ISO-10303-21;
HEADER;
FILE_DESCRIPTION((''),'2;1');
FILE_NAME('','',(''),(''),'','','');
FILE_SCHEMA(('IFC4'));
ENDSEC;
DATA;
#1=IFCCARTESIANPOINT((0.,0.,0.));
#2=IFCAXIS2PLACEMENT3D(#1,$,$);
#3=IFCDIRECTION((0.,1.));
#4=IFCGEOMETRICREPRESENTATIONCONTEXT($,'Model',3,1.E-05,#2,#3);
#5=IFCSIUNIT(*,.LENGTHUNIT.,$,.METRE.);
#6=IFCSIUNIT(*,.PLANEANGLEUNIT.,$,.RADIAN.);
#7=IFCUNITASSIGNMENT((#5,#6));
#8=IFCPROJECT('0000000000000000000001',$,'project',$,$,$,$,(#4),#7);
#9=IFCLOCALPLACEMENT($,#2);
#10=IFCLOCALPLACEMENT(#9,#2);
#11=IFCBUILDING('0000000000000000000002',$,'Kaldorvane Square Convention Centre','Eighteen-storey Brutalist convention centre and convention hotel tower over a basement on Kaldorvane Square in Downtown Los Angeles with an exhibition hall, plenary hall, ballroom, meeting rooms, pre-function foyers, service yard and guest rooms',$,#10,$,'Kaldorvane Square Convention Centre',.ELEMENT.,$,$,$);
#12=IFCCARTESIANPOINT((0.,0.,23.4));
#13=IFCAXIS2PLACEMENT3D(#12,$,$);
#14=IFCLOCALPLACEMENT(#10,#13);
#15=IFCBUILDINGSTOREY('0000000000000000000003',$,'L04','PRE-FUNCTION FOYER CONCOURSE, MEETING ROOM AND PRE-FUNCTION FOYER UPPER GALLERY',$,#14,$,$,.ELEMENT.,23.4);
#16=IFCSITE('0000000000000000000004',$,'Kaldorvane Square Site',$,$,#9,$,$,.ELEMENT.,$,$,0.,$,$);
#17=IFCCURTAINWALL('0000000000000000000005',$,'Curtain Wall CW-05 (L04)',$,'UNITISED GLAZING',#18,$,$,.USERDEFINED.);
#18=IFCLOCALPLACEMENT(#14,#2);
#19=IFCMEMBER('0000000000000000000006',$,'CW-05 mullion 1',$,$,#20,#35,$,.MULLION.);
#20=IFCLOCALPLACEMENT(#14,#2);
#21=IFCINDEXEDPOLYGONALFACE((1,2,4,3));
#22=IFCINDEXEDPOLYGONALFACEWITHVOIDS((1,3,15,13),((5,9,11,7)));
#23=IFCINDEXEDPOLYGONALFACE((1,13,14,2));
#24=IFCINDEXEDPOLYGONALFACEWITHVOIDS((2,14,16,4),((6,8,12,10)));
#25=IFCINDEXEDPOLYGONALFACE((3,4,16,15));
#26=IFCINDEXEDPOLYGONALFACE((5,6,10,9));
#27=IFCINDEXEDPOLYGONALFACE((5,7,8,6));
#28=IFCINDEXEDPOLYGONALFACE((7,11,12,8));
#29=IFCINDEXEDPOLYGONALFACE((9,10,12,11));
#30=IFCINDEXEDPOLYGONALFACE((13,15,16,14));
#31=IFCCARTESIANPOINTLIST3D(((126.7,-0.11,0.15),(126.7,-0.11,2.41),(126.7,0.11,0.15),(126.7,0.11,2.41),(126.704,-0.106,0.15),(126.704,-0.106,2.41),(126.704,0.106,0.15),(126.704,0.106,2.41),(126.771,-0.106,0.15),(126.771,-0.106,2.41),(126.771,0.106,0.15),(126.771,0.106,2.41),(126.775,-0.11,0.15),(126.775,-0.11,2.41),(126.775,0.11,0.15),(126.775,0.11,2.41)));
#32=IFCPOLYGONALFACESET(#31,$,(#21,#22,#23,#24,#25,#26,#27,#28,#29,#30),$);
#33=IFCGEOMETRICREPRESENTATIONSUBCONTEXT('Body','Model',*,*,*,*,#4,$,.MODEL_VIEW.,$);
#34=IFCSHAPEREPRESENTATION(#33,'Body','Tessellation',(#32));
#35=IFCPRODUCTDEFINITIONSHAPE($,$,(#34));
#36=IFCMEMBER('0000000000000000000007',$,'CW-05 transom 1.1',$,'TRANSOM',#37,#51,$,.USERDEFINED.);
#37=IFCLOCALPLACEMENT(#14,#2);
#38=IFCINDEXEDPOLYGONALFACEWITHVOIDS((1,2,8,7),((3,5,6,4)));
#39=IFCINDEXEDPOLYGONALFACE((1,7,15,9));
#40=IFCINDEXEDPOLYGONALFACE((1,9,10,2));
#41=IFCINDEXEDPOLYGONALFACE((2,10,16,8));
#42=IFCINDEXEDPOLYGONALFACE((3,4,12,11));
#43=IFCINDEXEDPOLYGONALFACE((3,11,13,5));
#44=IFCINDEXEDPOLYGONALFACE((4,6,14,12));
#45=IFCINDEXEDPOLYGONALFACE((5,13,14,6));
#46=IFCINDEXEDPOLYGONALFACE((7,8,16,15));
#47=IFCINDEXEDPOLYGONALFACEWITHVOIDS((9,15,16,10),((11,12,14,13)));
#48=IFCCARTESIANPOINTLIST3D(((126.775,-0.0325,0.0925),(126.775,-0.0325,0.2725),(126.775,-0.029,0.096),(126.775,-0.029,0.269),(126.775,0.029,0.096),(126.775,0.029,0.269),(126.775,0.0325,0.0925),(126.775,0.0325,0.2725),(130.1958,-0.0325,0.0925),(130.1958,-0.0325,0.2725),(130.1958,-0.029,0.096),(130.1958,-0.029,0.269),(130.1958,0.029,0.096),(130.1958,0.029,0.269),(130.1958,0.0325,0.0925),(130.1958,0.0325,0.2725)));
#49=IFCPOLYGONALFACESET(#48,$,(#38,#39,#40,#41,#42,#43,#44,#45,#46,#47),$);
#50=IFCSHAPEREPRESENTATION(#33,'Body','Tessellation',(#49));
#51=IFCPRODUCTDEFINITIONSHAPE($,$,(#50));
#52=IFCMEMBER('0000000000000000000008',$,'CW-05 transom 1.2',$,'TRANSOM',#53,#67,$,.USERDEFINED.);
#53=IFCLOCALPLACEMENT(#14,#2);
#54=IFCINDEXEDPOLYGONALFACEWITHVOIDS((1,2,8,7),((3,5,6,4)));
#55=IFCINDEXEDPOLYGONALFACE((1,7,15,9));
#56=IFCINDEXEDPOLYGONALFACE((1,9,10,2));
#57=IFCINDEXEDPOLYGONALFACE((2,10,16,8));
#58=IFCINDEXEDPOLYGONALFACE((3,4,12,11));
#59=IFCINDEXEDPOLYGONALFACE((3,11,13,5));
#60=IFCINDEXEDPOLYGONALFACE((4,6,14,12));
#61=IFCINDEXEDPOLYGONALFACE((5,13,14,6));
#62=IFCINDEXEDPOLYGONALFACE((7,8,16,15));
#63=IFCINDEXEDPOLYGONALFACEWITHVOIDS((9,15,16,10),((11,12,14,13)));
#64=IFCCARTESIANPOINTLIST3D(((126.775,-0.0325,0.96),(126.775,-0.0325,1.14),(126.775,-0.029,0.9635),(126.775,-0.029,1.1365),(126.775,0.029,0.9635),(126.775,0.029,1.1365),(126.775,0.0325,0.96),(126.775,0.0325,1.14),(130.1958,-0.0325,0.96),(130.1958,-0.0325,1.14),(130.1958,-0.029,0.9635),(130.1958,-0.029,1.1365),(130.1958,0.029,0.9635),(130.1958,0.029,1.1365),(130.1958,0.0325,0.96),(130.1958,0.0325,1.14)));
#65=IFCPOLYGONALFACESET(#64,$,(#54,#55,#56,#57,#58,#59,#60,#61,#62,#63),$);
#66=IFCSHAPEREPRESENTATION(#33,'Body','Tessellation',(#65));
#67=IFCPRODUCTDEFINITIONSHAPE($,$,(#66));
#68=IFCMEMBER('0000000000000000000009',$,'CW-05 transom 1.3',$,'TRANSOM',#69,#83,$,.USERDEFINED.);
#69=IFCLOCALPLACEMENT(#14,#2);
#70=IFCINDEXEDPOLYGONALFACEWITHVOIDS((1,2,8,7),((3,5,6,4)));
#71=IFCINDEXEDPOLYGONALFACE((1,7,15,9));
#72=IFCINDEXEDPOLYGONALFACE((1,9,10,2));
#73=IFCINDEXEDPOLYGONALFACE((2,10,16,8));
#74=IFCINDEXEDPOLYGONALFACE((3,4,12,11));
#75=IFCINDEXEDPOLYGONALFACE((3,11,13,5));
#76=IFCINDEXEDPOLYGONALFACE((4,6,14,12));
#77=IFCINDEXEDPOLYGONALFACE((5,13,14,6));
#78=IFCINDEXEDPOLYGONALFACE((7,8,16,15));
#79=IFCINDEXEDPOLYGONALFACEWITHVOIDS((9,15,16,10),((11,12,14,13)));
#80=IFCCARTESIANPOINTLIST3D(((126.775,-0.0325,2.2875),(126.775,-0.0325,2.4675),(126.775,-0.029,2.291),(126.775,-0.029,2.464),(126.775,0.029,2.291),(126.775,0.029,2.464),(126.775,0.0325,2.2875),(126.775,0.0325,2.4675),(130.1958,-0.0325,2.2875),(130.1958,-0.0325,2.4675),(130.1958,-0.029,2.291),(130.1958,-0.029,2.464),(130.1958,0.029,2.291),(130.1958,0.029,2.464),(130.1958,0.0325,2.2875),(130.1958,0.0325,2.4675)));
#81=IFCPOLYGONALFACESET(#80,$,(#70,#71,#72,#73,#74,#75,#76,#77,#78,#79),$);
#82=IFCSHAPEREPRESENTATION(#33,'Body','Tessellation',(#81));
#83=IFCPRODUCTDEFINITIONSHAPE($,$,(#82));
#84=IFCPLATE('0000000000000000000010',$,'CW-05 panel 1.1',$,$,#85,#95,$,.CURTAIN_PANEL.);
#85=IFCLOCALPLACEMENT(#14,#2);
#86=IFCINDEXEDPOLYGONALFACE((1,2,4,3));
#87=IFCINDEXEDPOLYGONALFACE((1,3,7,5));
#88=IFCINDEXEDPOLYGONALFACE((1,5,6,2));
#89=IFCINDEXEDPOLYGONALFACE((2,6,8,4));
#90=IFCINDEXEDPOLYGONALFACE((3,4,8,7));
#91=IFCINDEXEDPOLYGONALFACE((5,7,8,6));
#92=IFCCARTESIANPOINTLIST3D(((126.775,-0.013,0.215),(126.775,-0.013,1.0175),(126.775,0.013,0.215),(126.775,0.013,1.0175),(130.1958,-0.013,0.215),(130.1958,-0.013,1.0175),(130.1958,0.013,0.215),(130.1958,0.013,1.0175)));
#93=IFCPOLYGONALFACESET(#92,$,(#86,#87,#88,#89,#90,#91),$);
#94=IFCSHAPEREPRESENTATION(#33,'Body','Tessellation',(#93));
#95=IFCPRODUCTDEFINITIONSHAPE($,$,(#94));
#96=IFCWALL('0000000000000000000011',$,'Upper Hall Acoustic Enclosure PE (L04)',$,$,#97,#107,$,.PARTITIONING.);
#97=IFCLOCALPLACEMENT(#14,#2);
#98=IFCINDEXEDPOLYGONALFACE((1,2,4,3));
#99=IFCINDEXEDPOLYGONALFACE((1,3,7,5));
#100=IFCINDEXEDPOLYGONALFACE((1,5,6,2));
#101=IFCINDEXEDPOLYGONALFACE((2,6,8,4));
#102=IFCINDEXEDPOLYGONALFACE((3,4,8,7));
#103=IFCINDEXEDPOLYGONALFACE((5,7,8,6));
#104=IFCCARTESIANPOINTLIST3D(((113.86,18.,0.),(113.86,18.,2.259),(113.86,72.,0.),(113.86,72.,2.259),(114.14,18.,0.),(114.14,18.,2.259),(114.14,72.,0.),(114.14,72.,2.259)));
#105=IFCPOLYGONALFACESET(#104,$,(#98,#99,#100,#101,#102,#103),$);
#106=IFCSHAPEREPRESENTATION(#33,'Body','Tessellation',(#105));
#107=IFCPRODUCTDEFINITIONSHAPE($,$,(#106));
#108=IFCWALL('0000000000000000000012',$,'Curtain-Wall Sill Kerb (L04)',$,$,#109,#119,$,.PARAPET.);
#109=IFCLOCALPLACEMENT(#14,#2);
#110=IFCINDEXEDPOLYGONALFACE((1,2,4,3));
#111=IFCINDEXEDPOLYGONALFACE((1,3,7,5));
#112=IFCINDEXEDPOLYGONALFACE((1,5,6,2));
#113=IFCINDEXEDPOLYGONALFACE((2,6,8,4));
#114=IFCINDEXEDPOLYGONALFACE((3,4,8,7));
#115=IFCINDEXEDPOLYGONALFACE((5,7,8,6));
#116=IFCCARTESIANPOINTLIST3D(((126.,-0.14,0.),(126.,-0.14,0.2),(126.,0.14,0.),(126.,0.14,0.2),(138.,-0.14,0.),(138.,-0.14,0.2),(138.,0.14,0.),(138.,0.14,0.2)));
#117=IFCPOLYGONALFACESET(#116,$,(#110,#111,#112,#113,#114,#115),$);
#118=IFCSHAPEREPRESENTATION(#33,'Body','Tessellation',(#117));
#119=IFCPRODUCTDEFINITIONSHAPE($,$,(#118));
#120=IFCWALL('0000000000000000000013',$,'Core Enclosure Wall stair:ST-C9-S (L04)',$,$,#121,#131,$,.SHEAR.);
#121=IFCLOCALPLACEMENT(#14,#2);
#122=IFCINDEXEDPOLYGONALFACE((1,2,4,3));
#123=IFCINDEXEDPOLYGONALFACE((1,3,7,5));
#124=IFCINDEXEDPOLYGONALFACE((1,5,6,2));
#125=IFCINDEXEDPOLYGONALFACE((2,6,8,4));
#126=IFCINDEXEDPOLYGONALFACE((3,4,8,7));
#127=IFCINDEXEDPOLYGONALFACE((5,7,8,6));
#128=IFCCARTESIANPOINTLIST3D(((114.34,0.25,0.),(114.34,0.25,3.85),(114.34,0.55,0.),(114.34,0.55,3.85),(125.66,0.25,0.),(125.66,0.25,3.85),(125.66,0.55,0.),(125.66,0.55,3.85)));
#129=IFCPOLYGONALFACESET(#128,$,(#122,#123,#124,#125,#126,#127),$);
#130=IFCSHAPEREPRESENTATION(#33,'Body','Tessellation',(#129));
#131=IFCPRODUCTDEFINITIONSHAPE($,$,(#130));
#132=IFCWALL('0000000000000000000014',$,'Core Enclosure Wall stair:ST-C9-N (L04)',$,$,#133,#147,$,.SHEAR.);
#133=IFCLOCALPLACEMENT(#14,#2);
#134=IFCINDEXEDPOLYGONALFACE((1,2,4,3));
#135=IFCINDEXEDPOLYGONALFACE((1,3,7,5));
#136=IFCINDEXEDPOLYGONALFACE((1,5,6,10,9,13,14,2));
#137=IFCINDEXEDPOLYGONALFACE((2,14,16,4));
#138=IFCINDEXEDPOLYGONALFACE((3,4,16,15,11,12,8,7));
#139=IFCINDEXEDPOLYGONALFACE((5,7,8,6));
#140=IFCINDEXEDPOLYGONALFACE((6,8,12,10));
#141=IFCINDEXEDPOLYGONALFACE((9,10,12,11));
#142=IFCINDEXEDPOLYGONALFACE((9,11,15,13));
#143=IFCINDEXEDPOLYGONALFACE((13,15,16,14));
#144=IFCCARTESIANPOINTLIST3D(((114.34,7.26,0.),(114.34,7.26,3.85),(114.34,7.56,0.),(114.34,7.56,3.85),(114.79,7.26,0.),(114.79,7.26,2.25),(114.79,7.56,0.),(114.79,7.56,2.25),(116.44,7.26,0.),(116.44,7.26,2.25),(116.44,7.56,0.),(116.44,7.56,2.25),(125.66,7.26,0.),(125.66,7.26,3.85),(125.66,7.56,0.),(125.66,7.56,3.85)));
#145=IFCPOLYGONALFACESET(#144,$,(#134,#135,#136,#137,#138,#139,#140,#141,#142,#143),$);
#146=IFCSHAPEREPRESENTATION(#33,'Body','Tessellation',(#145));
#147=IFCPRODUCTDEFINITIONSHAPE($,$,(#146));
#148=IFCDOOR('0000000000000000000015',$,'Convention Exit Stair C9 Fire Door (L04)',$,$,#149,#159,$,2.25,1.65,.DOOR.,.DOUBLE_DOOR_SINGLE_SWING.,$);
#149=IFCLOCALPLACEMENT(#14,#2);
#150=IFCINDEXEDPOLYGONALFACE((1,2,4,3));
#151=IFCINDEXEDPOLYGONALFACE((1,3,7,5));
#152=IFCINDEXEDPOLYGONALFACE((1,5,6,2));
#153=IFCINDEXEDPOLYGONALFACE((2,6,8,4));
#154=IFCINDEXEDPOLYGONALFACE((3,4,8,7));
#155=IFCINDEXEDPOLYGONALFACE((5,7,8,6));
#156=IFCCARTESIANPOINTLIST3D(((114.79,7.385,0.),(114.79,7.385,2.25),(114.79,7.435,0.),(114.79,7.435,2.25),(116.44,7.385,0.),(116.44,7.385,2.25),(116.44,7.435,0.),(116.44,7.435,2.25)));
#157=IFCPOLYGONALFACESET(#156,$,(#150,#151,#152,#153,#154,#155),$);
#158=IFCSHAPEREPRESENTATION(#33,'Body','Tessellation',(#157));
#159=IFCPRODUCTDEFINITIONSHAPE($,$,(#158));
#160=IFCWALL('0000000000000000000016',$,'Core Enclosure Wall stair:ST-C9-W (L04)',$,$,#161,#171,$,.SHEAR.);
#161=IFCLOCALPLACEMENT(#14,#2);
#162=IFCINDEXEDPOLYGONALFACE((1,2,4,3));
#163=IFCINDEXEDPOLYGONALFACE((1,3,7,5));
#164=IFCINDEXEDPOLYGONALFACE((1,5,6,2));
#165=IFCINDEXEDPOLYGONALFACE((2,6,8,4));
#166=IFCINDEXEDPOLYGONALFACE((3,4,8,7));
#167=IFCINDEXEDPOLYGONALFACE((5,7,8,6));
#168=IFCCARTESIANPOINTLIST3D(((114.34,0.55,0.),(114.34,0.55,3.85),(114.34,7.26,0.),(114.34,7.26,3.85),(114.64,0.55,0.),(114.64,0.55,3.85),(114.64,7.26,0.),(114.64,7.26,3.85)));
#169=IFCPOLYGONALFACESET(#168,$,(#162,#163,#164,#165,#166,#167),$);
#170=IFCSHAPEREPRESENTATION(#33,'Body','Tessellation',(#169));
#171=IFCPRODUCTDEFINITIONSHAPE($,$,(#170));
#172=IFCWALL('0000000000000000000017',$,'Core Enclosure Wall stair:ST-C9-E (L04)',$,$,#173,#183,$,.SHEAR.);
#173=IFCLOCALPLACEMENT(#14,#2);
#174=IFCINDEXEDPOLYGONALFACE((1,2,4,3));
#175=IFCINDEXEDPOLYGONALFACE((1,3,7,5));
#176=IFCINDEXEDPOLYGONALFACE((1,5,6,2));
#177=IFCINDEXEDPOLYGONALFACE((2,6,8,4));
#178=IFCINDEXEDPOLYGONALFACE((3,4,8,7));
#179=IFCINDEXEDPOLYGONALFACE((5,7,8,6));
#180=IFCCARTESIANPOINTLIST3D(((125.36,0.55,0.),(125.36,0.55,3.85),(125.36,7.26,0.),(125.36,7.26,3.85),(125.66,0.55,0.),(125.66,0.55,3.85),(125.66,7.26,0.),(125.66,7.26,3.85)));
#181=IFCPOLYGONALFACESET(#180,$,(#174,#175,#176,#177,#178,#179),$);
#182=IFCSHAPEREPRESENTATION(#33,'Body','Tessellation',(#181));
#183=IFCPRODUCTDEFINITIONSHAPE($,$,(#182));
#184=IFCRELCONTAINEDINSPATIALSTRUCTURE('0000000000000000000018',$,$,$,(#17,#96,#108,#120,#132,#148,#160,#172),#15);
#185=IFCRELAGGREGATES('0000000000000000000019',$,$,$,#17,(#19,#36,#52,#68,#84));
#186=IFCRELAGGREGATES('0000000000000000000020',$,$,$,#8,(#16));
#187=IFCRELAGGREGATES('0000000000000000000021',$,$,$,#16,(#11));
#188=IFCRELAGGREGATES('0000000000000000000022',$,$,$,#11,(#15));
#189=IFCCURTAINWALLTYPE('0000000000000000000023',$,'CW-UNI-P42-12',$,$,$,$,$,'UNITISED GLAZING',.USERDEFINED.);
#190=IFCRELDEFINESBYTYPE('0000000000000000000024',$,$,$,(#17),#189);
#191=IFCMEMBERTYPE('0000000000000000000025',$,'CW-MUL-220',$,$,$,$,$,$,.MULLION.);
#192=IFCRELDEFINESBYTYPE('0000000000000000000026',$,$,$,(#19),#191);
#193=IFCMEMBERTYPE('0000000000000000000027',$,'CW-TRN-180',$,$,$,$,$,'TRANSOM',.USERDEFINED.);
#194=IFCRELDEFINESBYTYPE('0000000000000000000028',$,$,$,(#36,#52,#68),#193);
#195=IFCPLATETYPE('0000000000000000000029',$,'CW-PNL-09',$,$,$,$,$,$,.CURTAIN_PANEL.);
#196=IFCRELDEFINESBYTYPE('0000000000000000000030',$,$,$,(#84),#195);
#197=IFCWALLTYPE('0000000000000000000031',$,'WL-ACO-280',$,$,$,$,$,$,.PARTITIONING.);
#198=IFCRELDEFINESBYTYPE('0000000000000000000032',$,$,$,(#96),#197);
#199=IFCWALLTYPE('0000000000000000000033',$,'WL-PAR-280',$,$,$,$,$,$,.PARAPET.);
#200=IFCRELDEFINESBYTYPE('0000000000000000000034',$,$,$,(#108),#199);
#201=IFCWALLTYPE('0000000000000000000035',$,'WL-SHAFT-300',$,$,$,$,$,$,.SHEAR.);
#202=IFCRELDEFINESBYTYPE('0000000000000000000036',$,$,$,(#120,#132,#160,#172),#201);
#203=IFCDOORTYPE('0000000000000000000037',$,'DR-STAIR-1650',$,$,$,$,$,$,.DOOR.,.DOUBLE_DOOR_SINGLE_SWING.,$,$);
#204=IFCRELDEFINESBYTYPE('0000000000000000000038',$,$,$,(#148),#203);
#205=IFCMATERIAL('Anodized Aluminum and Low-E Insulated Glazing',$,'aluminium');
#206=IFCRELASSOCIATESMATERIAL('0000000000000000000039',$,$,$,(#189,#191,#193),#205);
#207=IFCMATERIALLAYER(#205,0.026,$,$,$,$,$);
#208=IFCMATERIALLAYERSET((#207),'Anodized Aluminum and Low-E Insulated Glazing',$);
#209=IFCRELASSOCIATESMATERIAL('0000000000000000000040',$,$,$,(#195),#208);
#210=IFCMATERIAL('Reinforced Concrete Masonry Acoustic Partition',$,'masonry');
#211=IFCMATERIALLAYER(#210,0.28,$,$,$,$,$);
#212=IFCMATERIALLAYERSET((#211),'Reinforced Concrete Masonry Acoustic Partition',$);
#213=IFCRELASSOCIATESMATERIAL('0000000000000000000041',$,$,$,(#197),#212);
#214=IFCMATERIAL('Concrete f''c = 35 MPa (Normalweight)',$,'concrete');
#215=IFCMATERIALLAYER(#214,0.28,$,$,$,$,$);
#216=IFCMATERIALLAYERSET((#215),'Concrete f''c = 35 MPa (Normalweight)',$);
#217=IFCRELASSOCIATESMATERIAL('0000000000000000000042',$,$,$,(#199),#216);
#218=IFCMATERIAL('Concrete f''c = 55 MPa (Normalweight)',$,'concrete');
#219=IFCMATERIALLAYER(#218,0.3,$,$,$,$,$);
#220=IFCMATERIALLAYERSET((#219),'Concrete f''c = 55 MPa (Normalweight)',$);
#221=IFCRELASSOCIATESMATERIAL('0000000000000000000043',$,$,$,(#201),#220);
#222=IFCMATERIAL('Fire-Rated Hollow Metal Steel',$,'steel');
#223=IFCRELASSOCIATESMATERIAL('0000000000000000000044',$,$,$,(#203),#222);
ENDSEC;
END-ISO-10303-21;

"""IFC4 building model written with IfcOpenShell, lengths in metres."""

from ifc_helpers import new_model, si_unit, direction, frame, frame_2d, origin, origin_2d, place, context, subcontext, project, spatial, rectangle, hollow_rectangle, extrude, material, layer, layer_set, material_profile, profile_set, type_object, element, fill, aggregate, save


model = new_model("IFC4")

# Units and contexts
model_context = context("Model", 3, precision=1e-05, world=origin(), true_north=direction((0.0, 1.0)))
body_context = subcontext(model_context, "Body", "Model", "MODEL_VIEW")
ifc_project = project(units=[si_unit("LENGTHUNIT", "METRE"), si_unit("PLANEANGLEUNIT", "RADIAN")], contexts=[model_context])

# Site, building, storey
site_placement = place(None, origin())
site = spatial("IfcSite", under=ifc_project, at=site_placement, Name="Kaldorvane Square Site", CompositionType="ELEMENT", RefElevation=0.0)
building_placement = place(site_placement, origin())
building = spatial("IfcBuilding", under=site, at=building_placement, Name="Kaldorvane Square Convention Centre", Description="Eighteen-storey Brutalist convention centre and convention hotel tower over a basement on Kaldorvane Square in Downtown Los Angeles with an exhibition hall, plenary hall, ballroom, meeting rooms, pre-function foyers, service yard and guest rooms", LongName="Kaldorvane Square Convention Centre", CompositionType="ELEMENT")
storey_placement = place(building_placement, frame((0.0, 0.0, 23.4)))
storey = spatial("IfcBuildingStorey", under=building, at=storey_placement, Name="L04", Description="PRE-FUNCTION FOYER CONCOURSE, MEETING ROOM AND PRE-FUNCTION FOYER UPPER GALLERY", CompositionType="ELEMENT", Elevation=23.4)

# Shared definitions
ifc_material_1 = material(Name="Concrete f'c = 55 MPa (Normalweight)", Category="concrete")

# Curtain wall, members, plate
ifc_material_2 = material(Name="Anodized Aluminum and Low-E Insulated Glazing", Category="aluminium")
curtain_wall_type = type_object("IfcCurtainWallType", Name="CW-UNI-P42-12", ElementType="UNITISED GLAZING", PredefinedType="USERDEFINED", material=ifc_material_2)
curtain_wall_placement = place(storey_placement, origin())
curtain_wall = element("IfcCurtainWall", 1, at=curtain_wall_placement, inside=storey, type_object=curtain_wall_type, Name="Curtain Wall CW-05 (L04)", ObjectType="UNITISED GLAZING", PredefinedType="USERDEFINED")
ifc_material_profile_1 = material_profile(ifc_material_2, hollow_rectangle(XDim=0.075, YDim=0.22, WallThickness=0.004, at=origin_2d()), Name="CWM-220X75")
ifc_profile_set_1 = profile_set([ifc_material_profile_1], Name="Anodized Aluminum and Low-E Insulated Glazing")
member_type_1 = type_object("IfcMemberType", Name="CW-MUL-220", PredefinedType="MULLION", material=ifc_profile_set_1)
member_1_placement = place(storey_placement, frame((126.7375, 0.0, 0.15), z_axis=(0.0, 0.0, 1.0), x_axis=(1.0, 0.0, 0.0)))
member_1 = element("IfcMember", 2, at=member_1_placement, type_object=member_type_1, Name="CW-05 mullion 1", PredefinedType="MULLION", context=body_context, shape_type="SweptSolid", body=[
    extrude(hollow_rectangle(XDim=0.075, YDim=0.22, WallThickness=0.004, at=origin_2d()), origin(), (0.0, 0.0, 1.0), 2.26),
])
ifc_material_profile_2 = material_profile(ifc_material_2, hollow_rectangle(XDim=0.065, YDim=0.18, WallThickness=0.0035, at=origin_2d()), Name="CWT-180X65")
ifc_profile_set_2 = profile_set([ifc_material_profile_2], Name="Anodized Aluminum and Low-E Insulated Glazing")
member_type_2 = type_object("IfcMemberType", Name="CW-TRN-180", ElementType="TRANSOM", PredefinedType="USERDEFINED", material=ifc_profile_set_2)
member_2_placement = place(storey_placement, frame((126.775, 0.0, 0.1825), z_axis=(1.0, 0.0, 0.0), x_axis=(0.0, 1.0, 0.0)))
member_2 = element("IfcMember", 3, at=member_2_placement, type_object=member_type_2, Name="CW-05 transom 1.1", ObjectType="TRANSOM", PredefinedType="USERDEFINED", context=body_context, shape_type="SweptSolid", body=[
    extrude(hollow_rectangle(XDim=0.065, YDim=0.18, WallThickness=0.0035, at=origin_2d()), origin(), (0.0, 0.0, 1.0), 3.4208),
])
member_3_placement = place(storey_placement, frame((126.775, 0.0, 1.05), z_axis=(1.0, 0.0, 0.0), x_axis=(0.0, 1.0, 0.0)))
member_3 = element("IfcMember", 4, at=member_3_placement, type_object=member_type_2, Name="CW-05 transom 1.2", ObjectType="TRANSOM", PredefinedType="USERDEFINED", context=body_context, shape_type="SweptSolid", body=[
    extrude(hollow_rectangle(XDim=0.065, YDim=0.18, WallThickness=0.0035, at=origin_2d()), origin(), (0.0, 0.0, 1.0), 3.4208),
])
member_4_placement = place(storey_placement, frame((126.775, 0.0, 2.3775), z_axis=(1.0, 0.0, 0.0), x_axis=(0.0, 1.0, 0.0)))
member_4 = element("IfcMember", 5, at=member_4_placement, type_object=member_type_2, Name="CW-05 transom 1.3", ObjectType="TRANSOM", PredefinedType="USERDEFINED", context=body_context, shape_type="SweptSolid", body=[
    extrude(hollow_rectangle(XDim=0.065, YDim=0.18, WallThickness=0.0035, at=origin_2d()), origin(), (0.0, 0.0, 1.0), 3.4208),
])
ifc_layer_1 = layer(ifc_material_2, 0.026)
ifc_layer_set_1 = layer_set([ifc_layer_1], Name="Anodized Aluminum and Low-E Insulated Glazing")
plate_type = type_object("IfcPlateType", Name="CW-PNL-09", PredefinedType="CURTAIN_PANEL", material=ifc_layer_set_1)
plate_placement = place(storey_placement, frame((128.4854, 0.0, 0.215), z_axis=(0.0, 0.0, 1.0), x_axis=(1.0, 0.0, 0.0)))
plate = element("IfcPlate", 6, at=plate_placement, type_object=plate_type, Name="CW-05 panel 1.1", PredefinedType="CURTAIN_PANEL", context=body_context, shape_type="SweptSolid", body=[
    extrude(rectangle(XDim=3.4208, YDim=0.026, at=origin_2d()), origin(), (0.0, 0.0, 1.0), 0.8025),
])
aggregate(curtain_wall, [member_1, member_2, member_3, member_4, plate])

# Walls
ifc_material_3 = material(Name="Reinforced Concrete Masonry Acoustic Partition", Category="masonry")
ifc_layer_2 = layer(ifc_material_3, 0.28)
ifc_layer_set_2 = layer_set([ifc_layer_2], Name="Reinforced Concrete Masonry Acoustic Partition")
wall_type_1 = type_object("IfcWallType", Name="WL-ACO-280", PredefinedType="PARTITIONING", material=ifc_layer_set_2)
wall_1_placement = place(storey_placement, frame((114.0, 18.0, 0.0), z_axis=(0.0, 0.0, 1.0), x_axis=(0.0, 1.0, 0.0)))
element("IfcWall", 7, at=wall_1_placement, inside=storey, type_object=wall_type_1, Name="Upper Hall Acoustic Enclosure PE (L04)", PredefinedType="PARTITIONING", context=body_context, shape_type="SweptSolid", body=[
    extrude(rectangle(XDim=54.0, YDim=0.28, at=frame_2d((27.0, 0.0))), origin(), (0.0, 0.0, 1.0), 2.259),
])
ifc_material_4 = material(Name="Concrete f'c = 35 MPa (Normalweight)", Category="concrete")
ifc_layer_3 = layer(ifc_material_4, 0.28)
ifc_layer_set_3 = layer_set([ifc_layer_3], Name="Concrete f'c = 35 MPa (Normalweight)")
wall_type_2 = type_object("IfcWallType", Name="WL-PAR-280", PredefinedType="PARAPET", material=ifc_layer_set_3)
wall_2_placement = place(storey_placement, frame((126.0, 0.0, 0.0), z_axis=(0.0, 0.0, 1.0), x_axis=(1.0, 0.0, 0.0)))
element("IfcWall", 8, at=wall_2_placement, inside=storey, type_object=wall_type_2, Name="Curtain-Wall Sill Kerb (L04)", PredefinedType="PARAPET", context=body_context, shape_type="SweptSolid", body=[
    extrude(rectangle(XDim=12.0, YDim=0.28, at=frame_2d((6.0, 0.0))), origin(), (0.0, 0.0, 1.0), 0.2),
])
ifc_layer_4 = layer(ifc_material_1, 0.3)
ifc_layer_set_4 = layer_set([ifc_layer_4], Name="Concrete f'c = 55 MPa (Normalweight)")
wall_type_3 = type_object("IfcWallType", Name="WL-SHAFT-300", PredefinedType="SHEAR", material=ifc_layer_set_4)
wall_3_placement = place(storey_placement, frame((125.66, 0.4, 0.0), z_axis=(0.0, 0.0, 1.0), x_axis=(-1.0, 0.0, 0.0)))
element("IfcWall", 9, at=wall_3_placement, inside=storey, type_object=wall_type_3, Name="Core Enclosure Wall stair:ST-C9-S (L04)", PredefinedType="SHEAR", context=body_context, shape_type="SweptSolid", body=[
    extrude(rectangle(XDim=11.32, YDim=0.3, at=frame_2d((5.66, 0.0))), origin(), (0.0, 0.0, 1.0), 3.85),
])

# Wall, opening, door
wall_4_placement = place(storey_placement, frame((125.66, 7.41, 0.0), z_axis=(0.0, 0.0, 1.0), x_axis=(-1.0, 0.0, 0.0)))
wall_4 = element("IfcWall", 10, at=wall_4_placement, inside=storey, type_object=wall_type_3, Name="Core Enclosure Wall stair:ST-C9-N (L04)", PredefinedType="SHEAR", context=body_context, shape_type="SweptSolid", body=[
    extrude(rectangle(XDim=11.32, YDim=0.3, at=frame_2d((5.66, 0.0))), origin(), (0.0, 0.0, 1.0), 3.85),
])
opening_placement = place(wall_4_placement, frame((9.22, 0.0, 0.0)))
opening = element("IfcOpeningElement", 11, at=opening_placement, cuts=wall_4, PredefinedType="OPENING", context=body_context, shape_type="SweptSolid", body=[
    extrude(rectangle(XDim=1.65, YDim=2.25, at=frame_2d((0.825, 1.125))), frame((0.0, 0.165, 0.0), z_axis=(0.0, -1.0, 0.0), x_axis=(1.0, 0.0, 0.0)), (0.0, 0.0, 1.0), 0.33),
])
ifc_material_5 = material(Name="Fire-Rated Hollow Metal Steel", Category="steel")
door_type = type_object("IfcDoorType", Name="DR-STAIR-1650", OperationType="DOUBLE_DOOR_SINGLE_SWING", PredefinedType="DOOR", material=ifc_material_5)
door_placement = place(opening_placement, origin())
door = element("IfcDoor", 12, at=door_placement, inside=storey, type_object=door_type, Name="Convention Exit Stair C9 Fire Door (L04)", OperationType="DOUBLE_DOOR_SINGLE_SWING", OverallHeight=2.25, OverallWidth=1.65, PredefinedType="DOOR", context=body_context, shape_type="SweptSolid", body=[
    extrude(rectangle(XDim=1.65, YDim=2.25, at=frame_2d((0.825, 1.125))), frame((0.0, 0.025, 0.0), z_axis=(0.0, -1.0, 0.0), x_axis=(1.0, 0.0, 0.0)), (0.0, 0.0, 1.0), 0.05),
])
fill(opening, door)

# Walls
for number, where, z_axis, x_axis, name in (
    (13, (114.49, 7.26, 0.0), (0.0, 0.0, 1.0), (0.0, -1.0, 0.0), "Core Enclosure Wall stair:ST-C9-W (L04)"),
    (14, (125.51, 0.55, 0.0), (0.0, 0.0, 1.0), (0.0, 1.0, 0.0), "Core Enclosure Wall stair:ST-C9-E (L04)"),
):
    element("IfcWall", number, at=place(storey_placement, frame(where, z_axis=z_axis, x_axis=x_axis)), inside=storey, type_object=wall_type_3, Name=name, PredefinedType="SHEAR", context=body_context, shape_type="SweptSolid", body=[
        extrude(rectangle(XDim=6.71, YDim=0.3, at=frame_2d((3.355, 0.0))), origin(), (0.0, 0.0, 1.0), 3.85),
    ])

save(model, "model.ifc")
